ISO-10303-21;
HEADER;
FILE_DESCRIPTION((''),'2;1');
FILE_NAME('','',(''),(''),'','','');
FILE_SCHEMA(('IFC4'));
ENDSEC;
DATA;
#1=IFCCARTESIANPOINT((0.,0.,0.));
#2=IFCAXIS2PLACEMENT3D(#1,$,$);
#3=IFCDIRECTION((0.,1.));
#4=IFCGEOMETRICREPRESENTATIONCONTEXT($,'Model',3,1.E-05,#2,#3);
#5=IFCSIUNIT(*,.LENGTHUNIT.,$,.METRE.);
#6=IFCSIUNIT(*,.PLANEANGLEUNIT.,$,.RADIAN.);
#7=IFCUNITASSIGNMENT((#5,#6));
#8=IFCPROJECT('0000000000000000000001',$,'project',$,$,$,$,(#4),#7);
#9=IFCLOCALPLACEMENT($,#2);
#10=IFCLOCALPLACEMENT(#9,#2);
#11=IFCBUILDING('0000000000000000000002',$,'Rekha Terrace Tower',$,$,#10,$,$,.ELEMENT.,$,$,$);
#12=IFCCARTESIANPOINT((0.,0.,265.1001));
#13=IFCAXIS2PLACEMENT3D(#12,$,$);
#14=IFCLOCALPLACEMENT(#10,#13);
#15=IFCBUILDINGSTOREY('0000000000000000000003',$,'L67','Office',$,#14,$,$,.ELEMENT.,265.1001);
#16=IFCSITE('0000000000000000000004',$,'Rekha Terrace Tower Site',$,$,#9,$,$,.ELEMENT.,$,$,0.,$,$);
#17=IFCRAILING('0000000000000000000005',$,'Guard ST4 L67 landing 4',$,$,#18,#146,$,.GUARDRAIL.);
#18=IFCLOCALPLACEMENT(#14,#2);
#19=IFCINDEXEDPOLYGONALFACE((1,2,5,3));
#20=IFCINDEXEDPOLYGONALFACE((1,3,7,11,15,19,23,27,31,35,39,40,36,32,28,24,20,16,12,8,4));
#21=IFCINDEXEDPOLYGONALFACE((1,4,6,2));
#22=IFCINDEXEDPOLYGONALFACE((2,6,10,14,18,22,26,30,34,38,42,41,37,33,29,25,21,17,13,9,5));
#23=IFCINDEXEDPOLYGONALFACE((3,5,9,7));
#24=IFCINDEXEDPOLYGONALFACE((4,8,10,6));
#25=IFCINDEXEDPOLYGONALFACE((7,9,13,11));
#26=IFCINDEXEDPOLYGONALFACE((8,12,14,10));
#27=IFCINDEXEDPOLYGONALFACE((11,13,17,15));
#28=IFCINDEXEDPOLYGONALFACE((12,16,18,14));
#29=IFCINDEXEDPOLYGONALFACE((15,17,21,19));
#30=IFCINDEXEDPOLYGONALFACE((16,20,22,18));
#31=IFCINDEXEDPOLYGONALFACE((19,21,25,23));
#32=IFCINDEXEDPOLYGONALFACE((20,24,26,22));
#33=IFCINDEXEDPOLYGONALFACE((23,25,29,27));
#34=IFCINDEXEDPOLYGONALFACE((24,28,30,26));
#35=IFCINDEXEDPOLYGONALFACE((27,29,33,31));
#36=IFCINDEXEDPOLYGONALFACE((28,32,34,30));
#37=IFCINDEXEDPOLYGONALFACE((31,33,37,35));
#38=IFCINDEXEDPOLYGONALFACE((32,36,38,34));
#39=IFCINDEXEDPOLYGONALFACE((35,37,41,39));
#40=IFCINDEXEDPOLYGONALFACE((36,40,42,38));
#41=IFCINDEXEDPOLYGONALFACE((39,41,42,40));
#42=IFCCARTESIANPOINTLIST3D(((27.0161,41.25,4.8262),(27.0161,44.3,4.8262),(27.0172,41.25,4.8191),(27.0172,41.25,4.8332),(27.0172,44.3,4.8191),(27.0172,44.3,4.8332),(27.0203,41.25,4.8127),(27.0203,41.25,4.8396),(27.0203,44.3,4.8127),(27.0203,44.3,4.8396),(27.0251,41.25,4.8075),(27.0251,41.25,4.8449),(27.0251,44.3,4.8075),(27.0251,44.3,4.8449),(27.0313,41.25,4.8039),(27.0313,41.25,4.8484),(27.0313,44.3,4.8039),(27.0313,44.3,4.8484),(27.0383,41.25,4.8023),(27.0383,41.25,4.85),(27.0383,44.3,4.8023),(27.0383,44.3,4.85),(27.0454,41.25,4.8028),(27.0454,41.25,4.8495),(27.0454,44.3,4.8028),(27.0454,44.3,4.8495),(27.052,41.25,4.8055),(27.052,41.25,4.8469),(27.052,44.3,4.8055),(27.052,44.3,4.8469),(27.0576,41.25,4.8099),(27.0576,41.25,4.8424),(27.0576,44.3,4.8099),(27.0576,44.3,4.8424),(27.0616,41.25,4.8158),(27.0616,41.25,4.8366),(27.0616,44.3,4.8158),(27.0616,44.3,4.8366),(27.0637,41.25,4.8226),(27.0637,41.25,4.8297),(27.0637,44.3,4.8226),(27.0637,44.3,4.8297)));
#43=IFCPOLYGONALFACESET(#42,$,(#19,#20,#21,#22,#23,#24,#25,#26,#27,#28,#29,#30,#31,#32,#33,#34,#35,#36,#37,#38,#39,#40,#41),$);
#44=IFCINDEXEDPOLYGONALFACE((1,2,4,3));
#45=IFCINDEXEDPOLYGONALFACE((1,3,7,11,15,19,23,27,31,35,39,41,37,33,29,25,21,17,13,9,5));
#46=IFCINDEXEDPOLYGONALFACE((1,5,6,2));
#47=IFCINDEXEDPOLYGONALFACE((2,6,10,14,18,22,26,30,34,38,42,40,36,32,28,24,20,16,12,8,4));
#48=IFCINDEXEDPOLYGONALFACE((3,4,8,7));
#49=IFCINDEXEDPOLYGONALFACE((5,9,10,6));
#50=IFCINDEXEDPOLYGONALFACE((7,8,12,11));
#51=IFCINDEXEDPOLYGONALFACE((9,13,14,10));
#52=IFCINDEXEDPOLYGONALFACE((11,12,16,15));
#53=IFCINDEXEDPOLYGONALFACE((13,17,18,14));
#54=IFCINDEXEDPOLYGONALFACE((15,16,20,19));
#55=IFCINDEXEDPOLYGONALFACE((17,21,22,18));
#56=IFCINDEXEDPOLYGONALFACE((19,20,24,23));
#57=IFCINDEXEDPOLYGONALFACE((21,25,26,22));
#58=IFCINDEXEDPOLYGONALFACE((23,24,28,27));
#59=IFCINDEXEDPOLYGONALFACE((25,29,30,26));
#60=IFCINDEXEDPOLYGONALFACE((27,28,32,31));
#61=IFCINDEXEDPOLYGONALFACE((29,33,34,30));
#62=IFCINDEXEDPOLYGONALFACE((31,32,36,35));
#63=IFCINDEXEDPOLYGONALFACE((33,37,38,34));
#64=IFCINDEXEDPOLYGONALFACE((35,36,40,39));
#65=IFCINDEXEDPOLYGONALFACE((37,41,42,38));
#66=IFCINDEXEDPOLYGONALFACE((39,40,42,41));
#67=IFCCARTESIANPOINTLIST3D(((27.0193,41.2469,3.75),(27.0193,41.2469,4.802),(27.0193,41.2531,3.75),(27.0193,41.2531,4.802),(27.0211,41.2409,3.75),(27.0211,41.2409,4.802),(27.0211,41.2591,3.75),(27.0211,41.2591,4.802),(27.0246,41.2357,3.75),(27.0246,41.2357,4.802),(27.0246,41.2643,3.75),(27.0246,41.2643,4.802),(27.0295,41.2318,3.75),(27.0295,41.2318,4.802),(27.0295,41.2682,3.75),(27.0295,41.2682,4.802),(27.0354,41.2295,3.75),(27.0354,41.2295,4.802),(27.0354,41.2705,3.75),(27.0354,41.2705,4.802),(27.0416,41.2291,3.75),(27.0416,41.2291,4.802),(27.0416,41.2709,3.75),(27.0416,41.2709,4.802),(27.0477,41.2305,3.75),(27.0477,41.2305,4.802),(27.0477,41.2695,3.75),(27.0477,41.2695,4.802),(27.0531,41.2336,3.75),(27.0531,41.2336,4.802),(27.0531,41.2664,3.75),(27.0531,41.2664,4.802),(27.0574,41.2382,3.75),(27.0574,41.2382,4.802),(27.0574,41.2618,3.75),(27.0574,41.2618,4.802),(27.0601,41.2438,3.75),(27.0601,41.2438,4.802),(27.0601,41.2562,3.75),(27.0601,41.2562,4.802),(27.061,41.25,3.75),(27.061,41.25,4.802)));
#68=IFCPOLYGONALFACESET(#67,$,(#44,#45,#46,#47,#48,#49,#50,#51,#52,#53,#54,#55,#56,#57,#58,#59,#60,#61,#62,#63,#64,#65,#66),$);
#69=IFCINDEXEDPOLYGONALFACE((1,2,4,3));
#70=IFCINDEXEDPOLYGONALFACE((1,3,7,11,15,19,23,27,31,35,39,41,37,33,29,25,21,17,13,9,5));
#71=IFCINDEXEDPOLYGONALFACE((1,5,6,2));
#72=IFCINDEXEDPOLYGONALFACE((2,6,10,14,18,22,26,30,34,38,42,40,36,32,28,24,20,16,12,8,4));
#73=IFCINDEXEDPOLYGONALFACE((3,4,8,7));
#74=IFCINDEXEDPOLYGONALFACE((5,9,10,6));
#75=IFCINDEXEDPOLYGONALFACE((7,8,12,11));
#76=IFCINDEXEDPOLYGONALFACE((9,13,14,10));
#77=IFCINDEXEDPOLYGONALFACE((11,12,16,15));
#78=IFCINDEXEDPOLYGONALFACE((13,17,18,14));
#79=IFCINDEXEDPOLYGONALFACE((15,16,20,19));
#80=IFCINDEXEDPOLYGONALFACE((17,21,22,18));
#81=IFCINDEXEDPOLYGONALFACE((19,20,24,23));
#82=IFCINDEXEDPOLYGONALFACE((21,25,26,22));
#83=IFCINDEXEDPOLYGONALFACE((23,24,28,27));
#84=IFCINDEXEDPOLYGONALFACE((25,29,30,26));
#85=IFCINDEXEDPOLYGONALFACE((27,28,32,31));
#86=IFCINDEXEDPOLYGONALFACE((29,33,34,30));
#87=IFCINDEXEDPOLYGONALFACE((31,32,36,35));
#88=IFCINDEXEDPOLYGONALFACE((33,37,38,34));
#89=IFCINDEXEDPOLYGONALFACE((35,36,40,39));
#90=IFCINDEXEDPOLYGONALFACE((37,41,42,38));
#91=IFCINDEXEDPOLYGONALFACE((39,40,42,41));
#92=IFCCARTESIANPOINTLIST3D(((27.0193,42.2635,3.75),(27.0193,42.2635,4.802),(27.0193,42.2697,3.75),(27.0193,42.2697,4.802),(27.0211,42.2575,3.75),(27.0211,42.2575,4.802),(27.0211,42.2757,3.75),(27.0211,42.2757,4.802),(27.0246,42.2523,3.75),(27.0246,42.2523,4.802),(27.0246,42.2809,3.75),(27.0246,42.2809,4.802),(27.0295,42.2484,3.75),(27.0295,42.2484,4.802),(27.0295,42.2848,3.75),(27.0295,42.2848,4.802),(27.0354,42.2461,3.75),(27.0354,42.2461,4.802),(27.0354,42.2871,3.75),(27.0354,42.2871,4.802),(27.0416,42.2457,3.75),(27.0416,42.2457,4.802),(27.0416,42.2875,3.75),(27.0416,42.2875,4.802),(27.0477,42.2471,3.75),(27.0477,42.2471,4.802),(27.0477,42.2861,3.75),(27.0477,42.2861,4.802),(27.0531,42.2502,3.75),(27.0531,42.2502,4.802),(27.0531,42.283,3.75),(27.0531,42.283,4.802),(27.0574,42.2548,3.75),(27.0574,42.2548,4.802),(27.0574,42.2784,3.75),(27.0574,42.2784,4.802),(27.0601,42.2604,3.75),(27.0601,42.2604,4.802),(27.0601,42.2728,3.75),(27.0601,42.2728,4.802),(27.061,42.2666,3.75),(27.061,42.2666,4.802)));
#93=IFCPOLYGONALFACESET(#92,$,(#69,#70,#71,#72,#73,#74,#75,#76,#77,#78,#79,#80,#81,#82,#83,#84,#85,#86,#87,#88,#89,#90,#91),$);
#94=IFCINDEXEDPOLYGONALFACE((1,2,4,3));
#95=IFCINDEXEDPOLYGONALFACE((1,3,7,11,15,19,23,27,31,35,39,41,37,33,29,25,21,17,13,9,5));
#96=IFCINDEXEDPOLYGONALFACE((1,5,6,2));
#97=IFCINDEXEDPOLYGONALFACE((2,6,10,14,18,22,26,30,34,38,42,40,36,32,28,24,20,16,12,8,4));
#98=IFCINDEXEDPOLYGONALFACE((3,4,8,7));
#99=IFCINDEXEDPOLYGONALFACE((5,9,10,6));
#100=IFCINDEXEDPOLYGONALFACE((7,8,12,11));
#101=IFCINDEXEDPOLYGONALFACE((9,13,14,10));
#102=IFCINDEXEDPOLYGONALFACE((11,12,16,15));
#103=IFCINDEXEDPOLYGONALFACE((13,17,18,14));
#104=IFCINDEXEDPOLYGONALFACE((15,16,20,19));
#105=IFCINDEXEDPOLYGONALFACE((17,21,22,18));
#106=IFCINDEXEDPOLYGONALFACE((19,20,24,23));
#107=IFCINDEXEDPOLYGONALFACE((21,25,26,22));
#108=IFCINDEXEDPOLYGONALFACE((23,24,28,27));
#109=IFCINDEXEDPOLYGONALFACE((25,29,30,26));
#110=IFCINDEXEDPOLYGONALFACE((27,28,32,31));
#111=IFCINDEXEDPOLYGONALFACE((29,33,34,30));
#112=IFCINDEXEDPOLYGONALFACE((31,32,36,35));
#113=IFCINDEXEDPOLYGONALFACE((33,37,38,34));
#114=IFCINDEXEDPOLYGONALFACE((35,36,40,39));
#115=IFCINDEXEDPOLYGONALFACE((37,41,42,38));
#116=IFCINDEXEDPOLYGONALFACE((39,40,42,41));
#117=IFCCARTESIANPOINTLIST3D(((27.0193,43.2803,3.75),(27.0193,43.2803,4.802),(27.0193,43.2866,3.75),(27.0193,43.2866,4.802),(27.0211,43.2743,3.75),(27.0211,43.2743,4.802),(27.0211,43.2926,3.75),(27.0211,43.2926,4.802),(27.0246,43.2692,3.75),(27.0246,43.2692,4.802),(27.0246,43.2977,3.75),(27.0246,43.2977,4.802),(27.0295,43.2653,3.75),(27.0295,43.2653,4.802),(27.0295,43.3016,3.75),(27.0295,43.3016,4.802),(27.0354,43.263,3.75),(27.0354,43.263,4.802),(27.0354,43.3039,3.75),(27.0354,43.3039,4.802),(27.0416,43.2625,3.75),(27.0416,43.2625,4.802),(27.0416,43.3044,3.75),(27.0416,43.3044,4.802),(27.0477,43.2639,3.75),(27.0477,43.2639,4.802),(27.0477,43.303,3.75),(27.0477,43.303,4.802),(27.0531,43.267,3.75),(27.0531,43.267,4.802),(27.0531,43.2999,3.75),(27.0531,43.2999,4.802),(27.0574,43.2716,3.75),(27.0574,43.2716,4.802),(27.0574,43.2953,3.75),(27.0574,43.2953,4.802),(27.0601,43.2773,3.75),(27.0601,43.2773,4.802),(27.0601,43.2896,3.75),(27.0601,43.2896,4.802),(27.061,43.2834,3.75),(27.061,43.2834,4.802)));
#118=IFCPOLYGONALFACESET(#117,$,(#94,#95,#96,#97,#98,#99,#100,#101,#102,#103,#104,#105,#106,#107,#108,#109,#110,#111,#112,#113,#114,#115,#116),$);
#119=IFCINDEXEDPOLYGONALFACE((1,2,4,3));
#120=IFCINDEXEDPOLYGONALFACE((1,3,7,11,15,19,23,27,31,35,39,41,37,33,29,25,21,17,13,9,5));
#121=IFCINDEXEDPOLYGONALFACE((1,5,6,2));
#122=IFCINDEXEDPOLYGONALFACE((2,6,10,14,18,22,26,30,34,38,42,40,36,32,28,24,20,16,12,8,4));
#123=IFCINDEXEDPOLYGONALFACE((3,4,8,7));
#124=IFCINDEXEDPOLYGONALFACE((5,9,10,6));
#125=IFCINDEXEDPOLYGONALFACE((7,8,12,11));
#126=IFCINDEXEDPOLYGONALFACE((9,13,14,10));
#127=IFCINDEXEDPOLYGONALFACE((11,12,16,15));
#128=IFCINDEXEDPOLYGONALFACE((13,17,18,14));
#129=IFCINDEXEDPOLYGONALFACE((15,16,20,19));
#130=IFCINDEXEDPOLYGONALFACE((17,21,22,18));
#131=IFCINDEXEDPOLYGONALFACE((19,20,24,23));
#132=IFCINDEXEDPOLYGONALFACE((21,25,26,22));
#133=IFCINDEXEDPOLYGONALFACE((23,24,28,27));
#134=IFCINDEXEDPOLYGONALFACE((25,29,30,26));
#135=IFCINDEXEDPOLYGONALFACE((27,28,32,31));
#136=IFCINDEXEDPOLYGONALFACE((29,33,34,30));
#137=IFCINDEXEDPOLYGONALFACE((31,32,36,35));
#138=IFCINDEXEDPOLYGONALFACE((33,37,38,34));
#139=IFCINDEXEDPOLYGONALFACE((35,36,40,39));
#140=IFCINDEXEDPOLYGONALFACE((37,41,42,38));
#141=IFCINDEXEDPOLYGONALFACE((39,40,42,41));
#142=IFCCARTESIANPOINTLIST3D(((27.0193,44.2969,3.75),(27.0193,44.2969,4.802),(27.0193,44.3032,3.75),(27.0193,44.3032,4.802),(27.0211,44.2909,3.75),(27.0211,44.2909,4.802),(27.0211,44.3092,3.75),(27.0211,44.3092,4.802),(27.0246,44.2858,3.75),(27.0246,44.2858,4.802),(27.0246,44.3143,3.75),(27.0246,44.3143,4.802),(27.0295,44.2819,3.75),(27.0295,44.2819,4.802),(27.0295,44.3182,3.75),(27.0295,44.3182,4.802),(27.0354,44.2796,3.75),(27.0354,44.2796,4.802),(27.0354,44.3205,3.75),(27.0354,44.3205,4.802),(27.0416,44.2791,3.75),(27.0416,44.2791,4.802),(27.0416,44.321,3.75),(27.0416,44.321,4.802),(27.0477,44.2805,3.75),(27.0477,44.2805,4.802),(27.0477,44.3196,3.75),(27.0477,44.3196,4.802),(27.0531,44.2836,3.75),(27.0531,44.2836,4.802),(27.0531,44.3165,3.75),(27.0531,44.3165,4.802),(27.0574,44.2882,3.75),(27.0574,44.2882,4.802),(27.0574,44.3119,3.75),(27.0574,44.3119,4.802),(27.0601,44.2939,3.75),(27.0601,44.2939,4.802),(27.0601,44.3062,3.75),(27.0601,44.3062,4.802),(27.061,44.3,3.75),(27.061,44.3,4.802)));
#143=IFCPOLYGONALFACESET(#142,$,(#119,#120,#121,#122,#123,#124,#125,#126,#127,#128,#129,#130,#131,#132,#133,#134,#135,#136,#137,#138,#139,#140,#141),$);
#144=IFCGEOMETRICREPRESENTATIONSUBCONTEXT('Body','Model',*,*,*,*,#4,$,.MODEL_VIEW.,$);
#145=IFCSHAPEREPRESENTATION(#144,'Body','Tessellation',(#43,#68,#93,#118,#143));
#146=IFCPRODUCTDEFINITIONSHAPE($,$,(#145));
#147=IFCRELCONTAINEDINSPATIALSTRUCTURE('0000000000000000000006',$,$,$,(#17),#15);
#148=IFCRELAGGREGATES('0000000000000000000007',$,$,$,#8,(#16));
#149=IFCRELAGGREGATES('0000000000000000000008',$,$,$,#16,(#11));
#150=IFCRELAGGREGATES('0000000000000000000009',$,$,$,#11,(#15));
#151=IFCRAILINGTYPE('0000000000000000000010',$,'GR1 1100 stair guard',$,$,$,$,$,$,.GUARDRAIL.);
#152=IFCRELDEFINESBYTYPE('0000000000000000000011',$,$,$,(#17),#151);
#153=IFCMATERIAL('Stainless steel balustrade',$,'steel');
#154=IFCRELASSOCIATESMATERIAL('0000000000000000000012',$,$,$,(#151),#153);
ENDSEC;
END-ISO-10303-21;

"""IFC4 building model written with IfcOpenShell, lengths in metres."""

from ifc_helpers import new_model, si_unit, direction, frame, origin, origin_2d, place, context, subcontext, project, spatial, circle, extrude, material, type_object, element, save


model = new_model("IFC4")

# Units and contexts
model_context = context("Model", 3, precision=1e-05, world=origin(), true_north=direction((0.0, 1.0)))
body_context = subcontext(model_context, "Body", "Model", "MODEL_VIEW")
ifc_project = project(units=[si_unit("LENGTHUNIT", "METRE"), si_unit("PLANEANGLEUNIT", "RADIAN")], contexts=[model_context])

# Site, building, storey
site_placement = place(None, origin())
site = spatial("IfcSite", under=ifc_project, at=site_placement, Name="Rekha Terrace Tower Site", CompositionType="ELEMENT", RefElevation=0.0)
building_placement = place(site_placement, origin())
building = spatial("IfcBuilding", under=site, at=building_placement, Name="Rekha Terrace Tower", CompositionType="ELEMENT")
storey_placement = place(building_placement, frame((0.0, 0.0, 265.1001)))
storey = spatial("IfcBuildingStorey", under=building, at=storey_placement, Name="L67", Description="Office", CompositionType="ELEMENT", Elevation=265.1001)

# Railing
ifc_material_1 = material(Name="Stainless steel balustrade", Category="steel")
railing_type_1 = type_object("IfcRailingType", Name="GR1 1100 stair guard", PredefinedType="GUARDRAIL", material=ifc_material_1)
railing_1_placement = place(storey_placement, frame((27.04, 41.25, 3.75)))
element("IfcRailing", 1, at=railing_1_placement, inside=storey, type_object=railing_type_1, Name="Guard ST4 L67 landing 4", PredefinedType="GUARDRAIL", context=body_context, shape_type="SweptSolid", body=[
    extrude(circle(Radius=0.0239, at=origin_2d()), frame((0.0, 0.0, 1.0762), z_axis=(0.0, 1.0, 0.0), x_axis=(-1.0, 0.0, 0.0)), (0.0, 0.0, 1.0), 3.05),
    extrude(circle(Radius=0.021, at=origin_2d()), origin(), (0.0, 0.0, 1.0), 1.052),
    extrude(circle(Radius=0.021, at=origin_2d()), frame((0.0, 1.0166, 0.0)), (0.0, 0.0, 1.0), 1.052),
    extrude(circle(Radius=0.021, at=origin_2d()), frame((0.0, 2.0334, 0.0)), (0.0, 0.0, 1.0), 1.052),
    extrude(circle(Radius=0.021, at=origin_2d()), frame((0.0, 3.05, 0.0)), (0.0, 0.0, 1.0), 1.052),
])

save(model, "model.ifc")
